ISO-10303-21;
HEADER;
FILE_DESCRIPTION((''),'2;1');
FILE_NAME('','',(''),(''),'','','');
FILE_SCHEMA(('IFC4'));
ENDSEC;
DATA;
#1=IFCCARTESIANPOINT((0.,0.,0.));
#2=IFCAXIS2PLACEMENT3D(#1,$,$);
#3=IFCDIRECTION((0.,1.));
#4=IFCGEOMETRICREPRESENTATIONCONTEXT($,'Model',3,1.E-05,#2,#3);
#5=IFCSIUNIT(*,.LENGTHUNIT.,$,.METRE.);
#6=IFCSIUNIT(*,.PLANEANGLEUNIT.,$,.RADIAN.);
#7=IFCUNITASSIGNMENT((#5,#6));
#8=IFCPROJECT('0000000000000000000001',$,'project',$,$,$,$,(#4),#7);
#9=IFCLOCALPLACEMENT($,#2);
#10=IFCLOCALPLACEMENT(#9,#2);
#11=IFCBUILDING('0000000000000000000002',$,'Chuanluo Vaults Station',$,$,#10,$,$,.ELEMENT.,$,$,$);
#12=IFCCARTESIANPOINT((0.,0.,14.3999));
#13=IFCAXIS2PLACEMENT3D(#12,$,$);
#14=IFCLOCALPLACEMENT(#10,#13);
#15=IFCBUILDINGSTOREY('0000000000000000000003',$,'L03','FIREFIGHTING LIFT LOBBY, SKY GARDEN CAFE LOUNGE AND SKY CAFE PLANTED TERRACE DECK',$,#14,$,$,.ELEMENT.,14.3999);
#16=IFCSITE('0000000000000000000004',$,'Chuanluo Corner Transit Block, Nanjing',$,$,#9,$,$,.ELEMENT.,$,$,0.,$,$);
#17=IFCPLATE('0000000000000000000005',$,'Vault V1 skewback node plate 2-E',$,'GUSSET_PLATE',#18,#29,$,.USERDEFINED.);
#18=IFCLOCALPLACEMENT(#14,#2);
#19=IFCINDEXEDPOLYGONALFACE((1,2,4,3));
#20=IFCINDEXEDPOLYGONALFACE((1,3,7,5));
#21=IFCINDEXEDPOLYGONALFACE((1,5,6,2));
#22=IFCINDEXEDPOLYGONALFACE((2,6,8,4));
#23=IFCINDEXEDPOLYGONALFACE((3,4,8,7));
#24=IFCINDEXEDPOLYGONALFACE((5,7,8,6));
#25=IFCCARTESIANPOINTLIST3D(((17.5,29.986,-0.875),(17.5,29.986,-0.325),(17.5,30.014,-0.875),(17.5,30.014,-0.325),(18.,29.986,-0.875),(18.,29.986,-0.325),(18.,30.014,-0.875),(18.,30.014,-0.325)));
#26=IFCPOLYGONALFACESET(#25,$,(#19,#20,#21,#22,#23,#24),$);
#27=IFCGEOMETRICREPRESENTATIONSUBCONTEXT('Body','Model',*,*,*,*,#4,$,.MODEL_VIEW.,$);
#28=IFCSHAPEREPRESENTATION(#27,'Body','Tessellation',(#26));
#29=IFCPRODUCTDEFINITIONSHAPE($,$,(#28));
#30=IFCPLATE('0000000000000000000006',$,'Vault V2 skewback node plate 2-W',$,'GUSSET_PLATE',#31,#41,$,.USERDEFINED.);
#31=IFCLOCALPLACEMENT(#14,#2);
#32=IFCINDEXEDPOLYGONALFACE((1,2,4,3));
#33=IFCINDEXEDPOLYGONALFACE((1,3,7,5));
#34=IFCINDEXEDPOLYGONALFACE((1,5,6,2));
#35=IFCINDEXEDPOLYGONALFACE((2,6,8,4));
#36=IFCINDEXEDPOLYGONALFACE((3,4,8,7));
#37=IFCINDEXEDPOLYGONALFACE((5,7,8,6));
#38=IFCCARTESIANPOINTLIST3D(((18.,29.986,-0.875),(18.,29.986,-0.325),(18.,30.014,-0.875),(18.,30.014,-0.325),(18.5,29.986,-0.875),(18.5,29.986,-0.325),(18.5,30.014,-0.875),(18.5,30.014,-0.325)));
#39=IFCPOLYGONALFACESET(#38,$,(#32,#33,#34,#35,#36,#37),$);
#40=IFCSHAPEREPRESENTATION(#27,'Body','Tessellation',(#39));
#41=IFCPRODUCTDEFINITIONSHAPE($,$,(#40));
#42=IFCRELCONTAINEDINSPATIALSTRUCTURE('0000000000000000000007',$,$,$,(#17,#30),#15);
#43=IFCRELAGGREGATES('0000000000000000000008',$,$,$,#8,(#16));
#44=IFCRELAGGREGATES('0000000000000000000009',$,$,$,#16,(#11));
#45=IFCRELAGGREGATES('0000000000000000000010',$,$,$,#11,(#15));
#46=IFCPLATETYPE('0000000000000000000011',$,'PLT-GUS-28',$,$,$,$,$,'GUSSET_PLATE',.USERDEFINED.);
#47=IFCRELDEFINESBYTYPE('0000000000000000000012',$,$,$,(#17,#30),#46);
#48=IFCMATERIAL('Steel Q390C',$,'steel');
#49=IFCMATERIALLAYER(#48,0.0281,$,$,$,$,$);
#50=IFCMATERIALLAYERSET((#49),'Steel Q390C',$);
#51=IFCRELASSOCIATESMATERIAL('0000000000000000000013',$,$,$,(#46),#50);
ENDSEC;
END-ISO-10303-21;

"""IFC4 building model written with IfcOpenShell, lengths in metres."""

from ifc_helpers import new_model, si_unit, direction, frame, origin, origin_2d, place, context, subcontext, project, spatial, rectangle, extrude, material, layer, layer_set, type_object, element, save


model = new_model("IFC4")

# Units and contexts
model_context = context("Model", 3, precision=1e-05, world=origin(), true_north=direction((0.0, 1.0)))
body_context = subcontext(model_context, "Body", "Model", "MODEL_VIEW")
ifc_project = project(units=[si_unit("LENGTHUNIT", "METRE"), si_unit("PLANEANGLEUNIT", "RADIAN")], contexts=[model_context])

# Site, building, storey
site_placement = place(None, origin())
site = spatial("IfcSite", under=ifc_project, at=site_placement, Name="Chuanluo Corner Transit Block, Nanjing", CompositionType="ELEMENT", RefElevation=0.0)
building_placement = place(site_placement, origin())
building = spatial("IfcBuilding", under=site, at=building_placement, Name="Chuanluo Vaults Station", CompositionType="ELEMENT")
storey_placement = place(building_placement, frame((0.0, 0.0, 14.3999)))
storey = spatial("IfcBuildingStorey", under=building, at=storey_placement, Name="L03", Description="FIREFIGHTING LIFT LOBBY, SKY GARDEN CAFE LOUNGE AND SKY CAFE PLANTED TERRACE DECK", CompositionType="ELEMENT", Elevation=14.3999)

# Plates
ifc_material_1 = material(Name="Steel Q390C", Category="steel")
ifc_layer = layer(ifc_material_1, 0.0281)
ifc_layer_set = layer_set([ifc_layer], Name="Steel Q390C")
plate_type = type_object("IfcPlateType", Name="PLT-GUS-28", ElementType="GUSSET_PLATE", PredefinedType="USERDEFINED", material=ifc_layer_set)
for number, where, z_axis, x_axis, name in (
    (1, (17.75, 30.0, -0.875), (0.0, 0.0, 1.0), (1.0, 0.0, 0.0), "Vault V1 skewback node plate 2-E"),
    (2, (18.25, 30.0, -0.875), (0.0, 0.0, 1.0), (1.0, 0.0, 0.0), "Vault V2 skewback node plate 2-W"),
):
    element("IfcPlate", number, at=place(storey_placement, frame(where, z_axis=z_axis, x_axis=x_axis)), inside=storey, type_object=plate_type, Name=name, ObjectType="GUSSET_PLATE", PredefinedType="USERDEFINED", context=body_context, shape_type="SweptSolid", body=[
        extrude(rectangle(XDim=0.5, YDim=0.0281, at=origin_2d()), origin(), (0.0, 0.0, 1.0), 0.55),
    ])

save(model, "model.ifc")
